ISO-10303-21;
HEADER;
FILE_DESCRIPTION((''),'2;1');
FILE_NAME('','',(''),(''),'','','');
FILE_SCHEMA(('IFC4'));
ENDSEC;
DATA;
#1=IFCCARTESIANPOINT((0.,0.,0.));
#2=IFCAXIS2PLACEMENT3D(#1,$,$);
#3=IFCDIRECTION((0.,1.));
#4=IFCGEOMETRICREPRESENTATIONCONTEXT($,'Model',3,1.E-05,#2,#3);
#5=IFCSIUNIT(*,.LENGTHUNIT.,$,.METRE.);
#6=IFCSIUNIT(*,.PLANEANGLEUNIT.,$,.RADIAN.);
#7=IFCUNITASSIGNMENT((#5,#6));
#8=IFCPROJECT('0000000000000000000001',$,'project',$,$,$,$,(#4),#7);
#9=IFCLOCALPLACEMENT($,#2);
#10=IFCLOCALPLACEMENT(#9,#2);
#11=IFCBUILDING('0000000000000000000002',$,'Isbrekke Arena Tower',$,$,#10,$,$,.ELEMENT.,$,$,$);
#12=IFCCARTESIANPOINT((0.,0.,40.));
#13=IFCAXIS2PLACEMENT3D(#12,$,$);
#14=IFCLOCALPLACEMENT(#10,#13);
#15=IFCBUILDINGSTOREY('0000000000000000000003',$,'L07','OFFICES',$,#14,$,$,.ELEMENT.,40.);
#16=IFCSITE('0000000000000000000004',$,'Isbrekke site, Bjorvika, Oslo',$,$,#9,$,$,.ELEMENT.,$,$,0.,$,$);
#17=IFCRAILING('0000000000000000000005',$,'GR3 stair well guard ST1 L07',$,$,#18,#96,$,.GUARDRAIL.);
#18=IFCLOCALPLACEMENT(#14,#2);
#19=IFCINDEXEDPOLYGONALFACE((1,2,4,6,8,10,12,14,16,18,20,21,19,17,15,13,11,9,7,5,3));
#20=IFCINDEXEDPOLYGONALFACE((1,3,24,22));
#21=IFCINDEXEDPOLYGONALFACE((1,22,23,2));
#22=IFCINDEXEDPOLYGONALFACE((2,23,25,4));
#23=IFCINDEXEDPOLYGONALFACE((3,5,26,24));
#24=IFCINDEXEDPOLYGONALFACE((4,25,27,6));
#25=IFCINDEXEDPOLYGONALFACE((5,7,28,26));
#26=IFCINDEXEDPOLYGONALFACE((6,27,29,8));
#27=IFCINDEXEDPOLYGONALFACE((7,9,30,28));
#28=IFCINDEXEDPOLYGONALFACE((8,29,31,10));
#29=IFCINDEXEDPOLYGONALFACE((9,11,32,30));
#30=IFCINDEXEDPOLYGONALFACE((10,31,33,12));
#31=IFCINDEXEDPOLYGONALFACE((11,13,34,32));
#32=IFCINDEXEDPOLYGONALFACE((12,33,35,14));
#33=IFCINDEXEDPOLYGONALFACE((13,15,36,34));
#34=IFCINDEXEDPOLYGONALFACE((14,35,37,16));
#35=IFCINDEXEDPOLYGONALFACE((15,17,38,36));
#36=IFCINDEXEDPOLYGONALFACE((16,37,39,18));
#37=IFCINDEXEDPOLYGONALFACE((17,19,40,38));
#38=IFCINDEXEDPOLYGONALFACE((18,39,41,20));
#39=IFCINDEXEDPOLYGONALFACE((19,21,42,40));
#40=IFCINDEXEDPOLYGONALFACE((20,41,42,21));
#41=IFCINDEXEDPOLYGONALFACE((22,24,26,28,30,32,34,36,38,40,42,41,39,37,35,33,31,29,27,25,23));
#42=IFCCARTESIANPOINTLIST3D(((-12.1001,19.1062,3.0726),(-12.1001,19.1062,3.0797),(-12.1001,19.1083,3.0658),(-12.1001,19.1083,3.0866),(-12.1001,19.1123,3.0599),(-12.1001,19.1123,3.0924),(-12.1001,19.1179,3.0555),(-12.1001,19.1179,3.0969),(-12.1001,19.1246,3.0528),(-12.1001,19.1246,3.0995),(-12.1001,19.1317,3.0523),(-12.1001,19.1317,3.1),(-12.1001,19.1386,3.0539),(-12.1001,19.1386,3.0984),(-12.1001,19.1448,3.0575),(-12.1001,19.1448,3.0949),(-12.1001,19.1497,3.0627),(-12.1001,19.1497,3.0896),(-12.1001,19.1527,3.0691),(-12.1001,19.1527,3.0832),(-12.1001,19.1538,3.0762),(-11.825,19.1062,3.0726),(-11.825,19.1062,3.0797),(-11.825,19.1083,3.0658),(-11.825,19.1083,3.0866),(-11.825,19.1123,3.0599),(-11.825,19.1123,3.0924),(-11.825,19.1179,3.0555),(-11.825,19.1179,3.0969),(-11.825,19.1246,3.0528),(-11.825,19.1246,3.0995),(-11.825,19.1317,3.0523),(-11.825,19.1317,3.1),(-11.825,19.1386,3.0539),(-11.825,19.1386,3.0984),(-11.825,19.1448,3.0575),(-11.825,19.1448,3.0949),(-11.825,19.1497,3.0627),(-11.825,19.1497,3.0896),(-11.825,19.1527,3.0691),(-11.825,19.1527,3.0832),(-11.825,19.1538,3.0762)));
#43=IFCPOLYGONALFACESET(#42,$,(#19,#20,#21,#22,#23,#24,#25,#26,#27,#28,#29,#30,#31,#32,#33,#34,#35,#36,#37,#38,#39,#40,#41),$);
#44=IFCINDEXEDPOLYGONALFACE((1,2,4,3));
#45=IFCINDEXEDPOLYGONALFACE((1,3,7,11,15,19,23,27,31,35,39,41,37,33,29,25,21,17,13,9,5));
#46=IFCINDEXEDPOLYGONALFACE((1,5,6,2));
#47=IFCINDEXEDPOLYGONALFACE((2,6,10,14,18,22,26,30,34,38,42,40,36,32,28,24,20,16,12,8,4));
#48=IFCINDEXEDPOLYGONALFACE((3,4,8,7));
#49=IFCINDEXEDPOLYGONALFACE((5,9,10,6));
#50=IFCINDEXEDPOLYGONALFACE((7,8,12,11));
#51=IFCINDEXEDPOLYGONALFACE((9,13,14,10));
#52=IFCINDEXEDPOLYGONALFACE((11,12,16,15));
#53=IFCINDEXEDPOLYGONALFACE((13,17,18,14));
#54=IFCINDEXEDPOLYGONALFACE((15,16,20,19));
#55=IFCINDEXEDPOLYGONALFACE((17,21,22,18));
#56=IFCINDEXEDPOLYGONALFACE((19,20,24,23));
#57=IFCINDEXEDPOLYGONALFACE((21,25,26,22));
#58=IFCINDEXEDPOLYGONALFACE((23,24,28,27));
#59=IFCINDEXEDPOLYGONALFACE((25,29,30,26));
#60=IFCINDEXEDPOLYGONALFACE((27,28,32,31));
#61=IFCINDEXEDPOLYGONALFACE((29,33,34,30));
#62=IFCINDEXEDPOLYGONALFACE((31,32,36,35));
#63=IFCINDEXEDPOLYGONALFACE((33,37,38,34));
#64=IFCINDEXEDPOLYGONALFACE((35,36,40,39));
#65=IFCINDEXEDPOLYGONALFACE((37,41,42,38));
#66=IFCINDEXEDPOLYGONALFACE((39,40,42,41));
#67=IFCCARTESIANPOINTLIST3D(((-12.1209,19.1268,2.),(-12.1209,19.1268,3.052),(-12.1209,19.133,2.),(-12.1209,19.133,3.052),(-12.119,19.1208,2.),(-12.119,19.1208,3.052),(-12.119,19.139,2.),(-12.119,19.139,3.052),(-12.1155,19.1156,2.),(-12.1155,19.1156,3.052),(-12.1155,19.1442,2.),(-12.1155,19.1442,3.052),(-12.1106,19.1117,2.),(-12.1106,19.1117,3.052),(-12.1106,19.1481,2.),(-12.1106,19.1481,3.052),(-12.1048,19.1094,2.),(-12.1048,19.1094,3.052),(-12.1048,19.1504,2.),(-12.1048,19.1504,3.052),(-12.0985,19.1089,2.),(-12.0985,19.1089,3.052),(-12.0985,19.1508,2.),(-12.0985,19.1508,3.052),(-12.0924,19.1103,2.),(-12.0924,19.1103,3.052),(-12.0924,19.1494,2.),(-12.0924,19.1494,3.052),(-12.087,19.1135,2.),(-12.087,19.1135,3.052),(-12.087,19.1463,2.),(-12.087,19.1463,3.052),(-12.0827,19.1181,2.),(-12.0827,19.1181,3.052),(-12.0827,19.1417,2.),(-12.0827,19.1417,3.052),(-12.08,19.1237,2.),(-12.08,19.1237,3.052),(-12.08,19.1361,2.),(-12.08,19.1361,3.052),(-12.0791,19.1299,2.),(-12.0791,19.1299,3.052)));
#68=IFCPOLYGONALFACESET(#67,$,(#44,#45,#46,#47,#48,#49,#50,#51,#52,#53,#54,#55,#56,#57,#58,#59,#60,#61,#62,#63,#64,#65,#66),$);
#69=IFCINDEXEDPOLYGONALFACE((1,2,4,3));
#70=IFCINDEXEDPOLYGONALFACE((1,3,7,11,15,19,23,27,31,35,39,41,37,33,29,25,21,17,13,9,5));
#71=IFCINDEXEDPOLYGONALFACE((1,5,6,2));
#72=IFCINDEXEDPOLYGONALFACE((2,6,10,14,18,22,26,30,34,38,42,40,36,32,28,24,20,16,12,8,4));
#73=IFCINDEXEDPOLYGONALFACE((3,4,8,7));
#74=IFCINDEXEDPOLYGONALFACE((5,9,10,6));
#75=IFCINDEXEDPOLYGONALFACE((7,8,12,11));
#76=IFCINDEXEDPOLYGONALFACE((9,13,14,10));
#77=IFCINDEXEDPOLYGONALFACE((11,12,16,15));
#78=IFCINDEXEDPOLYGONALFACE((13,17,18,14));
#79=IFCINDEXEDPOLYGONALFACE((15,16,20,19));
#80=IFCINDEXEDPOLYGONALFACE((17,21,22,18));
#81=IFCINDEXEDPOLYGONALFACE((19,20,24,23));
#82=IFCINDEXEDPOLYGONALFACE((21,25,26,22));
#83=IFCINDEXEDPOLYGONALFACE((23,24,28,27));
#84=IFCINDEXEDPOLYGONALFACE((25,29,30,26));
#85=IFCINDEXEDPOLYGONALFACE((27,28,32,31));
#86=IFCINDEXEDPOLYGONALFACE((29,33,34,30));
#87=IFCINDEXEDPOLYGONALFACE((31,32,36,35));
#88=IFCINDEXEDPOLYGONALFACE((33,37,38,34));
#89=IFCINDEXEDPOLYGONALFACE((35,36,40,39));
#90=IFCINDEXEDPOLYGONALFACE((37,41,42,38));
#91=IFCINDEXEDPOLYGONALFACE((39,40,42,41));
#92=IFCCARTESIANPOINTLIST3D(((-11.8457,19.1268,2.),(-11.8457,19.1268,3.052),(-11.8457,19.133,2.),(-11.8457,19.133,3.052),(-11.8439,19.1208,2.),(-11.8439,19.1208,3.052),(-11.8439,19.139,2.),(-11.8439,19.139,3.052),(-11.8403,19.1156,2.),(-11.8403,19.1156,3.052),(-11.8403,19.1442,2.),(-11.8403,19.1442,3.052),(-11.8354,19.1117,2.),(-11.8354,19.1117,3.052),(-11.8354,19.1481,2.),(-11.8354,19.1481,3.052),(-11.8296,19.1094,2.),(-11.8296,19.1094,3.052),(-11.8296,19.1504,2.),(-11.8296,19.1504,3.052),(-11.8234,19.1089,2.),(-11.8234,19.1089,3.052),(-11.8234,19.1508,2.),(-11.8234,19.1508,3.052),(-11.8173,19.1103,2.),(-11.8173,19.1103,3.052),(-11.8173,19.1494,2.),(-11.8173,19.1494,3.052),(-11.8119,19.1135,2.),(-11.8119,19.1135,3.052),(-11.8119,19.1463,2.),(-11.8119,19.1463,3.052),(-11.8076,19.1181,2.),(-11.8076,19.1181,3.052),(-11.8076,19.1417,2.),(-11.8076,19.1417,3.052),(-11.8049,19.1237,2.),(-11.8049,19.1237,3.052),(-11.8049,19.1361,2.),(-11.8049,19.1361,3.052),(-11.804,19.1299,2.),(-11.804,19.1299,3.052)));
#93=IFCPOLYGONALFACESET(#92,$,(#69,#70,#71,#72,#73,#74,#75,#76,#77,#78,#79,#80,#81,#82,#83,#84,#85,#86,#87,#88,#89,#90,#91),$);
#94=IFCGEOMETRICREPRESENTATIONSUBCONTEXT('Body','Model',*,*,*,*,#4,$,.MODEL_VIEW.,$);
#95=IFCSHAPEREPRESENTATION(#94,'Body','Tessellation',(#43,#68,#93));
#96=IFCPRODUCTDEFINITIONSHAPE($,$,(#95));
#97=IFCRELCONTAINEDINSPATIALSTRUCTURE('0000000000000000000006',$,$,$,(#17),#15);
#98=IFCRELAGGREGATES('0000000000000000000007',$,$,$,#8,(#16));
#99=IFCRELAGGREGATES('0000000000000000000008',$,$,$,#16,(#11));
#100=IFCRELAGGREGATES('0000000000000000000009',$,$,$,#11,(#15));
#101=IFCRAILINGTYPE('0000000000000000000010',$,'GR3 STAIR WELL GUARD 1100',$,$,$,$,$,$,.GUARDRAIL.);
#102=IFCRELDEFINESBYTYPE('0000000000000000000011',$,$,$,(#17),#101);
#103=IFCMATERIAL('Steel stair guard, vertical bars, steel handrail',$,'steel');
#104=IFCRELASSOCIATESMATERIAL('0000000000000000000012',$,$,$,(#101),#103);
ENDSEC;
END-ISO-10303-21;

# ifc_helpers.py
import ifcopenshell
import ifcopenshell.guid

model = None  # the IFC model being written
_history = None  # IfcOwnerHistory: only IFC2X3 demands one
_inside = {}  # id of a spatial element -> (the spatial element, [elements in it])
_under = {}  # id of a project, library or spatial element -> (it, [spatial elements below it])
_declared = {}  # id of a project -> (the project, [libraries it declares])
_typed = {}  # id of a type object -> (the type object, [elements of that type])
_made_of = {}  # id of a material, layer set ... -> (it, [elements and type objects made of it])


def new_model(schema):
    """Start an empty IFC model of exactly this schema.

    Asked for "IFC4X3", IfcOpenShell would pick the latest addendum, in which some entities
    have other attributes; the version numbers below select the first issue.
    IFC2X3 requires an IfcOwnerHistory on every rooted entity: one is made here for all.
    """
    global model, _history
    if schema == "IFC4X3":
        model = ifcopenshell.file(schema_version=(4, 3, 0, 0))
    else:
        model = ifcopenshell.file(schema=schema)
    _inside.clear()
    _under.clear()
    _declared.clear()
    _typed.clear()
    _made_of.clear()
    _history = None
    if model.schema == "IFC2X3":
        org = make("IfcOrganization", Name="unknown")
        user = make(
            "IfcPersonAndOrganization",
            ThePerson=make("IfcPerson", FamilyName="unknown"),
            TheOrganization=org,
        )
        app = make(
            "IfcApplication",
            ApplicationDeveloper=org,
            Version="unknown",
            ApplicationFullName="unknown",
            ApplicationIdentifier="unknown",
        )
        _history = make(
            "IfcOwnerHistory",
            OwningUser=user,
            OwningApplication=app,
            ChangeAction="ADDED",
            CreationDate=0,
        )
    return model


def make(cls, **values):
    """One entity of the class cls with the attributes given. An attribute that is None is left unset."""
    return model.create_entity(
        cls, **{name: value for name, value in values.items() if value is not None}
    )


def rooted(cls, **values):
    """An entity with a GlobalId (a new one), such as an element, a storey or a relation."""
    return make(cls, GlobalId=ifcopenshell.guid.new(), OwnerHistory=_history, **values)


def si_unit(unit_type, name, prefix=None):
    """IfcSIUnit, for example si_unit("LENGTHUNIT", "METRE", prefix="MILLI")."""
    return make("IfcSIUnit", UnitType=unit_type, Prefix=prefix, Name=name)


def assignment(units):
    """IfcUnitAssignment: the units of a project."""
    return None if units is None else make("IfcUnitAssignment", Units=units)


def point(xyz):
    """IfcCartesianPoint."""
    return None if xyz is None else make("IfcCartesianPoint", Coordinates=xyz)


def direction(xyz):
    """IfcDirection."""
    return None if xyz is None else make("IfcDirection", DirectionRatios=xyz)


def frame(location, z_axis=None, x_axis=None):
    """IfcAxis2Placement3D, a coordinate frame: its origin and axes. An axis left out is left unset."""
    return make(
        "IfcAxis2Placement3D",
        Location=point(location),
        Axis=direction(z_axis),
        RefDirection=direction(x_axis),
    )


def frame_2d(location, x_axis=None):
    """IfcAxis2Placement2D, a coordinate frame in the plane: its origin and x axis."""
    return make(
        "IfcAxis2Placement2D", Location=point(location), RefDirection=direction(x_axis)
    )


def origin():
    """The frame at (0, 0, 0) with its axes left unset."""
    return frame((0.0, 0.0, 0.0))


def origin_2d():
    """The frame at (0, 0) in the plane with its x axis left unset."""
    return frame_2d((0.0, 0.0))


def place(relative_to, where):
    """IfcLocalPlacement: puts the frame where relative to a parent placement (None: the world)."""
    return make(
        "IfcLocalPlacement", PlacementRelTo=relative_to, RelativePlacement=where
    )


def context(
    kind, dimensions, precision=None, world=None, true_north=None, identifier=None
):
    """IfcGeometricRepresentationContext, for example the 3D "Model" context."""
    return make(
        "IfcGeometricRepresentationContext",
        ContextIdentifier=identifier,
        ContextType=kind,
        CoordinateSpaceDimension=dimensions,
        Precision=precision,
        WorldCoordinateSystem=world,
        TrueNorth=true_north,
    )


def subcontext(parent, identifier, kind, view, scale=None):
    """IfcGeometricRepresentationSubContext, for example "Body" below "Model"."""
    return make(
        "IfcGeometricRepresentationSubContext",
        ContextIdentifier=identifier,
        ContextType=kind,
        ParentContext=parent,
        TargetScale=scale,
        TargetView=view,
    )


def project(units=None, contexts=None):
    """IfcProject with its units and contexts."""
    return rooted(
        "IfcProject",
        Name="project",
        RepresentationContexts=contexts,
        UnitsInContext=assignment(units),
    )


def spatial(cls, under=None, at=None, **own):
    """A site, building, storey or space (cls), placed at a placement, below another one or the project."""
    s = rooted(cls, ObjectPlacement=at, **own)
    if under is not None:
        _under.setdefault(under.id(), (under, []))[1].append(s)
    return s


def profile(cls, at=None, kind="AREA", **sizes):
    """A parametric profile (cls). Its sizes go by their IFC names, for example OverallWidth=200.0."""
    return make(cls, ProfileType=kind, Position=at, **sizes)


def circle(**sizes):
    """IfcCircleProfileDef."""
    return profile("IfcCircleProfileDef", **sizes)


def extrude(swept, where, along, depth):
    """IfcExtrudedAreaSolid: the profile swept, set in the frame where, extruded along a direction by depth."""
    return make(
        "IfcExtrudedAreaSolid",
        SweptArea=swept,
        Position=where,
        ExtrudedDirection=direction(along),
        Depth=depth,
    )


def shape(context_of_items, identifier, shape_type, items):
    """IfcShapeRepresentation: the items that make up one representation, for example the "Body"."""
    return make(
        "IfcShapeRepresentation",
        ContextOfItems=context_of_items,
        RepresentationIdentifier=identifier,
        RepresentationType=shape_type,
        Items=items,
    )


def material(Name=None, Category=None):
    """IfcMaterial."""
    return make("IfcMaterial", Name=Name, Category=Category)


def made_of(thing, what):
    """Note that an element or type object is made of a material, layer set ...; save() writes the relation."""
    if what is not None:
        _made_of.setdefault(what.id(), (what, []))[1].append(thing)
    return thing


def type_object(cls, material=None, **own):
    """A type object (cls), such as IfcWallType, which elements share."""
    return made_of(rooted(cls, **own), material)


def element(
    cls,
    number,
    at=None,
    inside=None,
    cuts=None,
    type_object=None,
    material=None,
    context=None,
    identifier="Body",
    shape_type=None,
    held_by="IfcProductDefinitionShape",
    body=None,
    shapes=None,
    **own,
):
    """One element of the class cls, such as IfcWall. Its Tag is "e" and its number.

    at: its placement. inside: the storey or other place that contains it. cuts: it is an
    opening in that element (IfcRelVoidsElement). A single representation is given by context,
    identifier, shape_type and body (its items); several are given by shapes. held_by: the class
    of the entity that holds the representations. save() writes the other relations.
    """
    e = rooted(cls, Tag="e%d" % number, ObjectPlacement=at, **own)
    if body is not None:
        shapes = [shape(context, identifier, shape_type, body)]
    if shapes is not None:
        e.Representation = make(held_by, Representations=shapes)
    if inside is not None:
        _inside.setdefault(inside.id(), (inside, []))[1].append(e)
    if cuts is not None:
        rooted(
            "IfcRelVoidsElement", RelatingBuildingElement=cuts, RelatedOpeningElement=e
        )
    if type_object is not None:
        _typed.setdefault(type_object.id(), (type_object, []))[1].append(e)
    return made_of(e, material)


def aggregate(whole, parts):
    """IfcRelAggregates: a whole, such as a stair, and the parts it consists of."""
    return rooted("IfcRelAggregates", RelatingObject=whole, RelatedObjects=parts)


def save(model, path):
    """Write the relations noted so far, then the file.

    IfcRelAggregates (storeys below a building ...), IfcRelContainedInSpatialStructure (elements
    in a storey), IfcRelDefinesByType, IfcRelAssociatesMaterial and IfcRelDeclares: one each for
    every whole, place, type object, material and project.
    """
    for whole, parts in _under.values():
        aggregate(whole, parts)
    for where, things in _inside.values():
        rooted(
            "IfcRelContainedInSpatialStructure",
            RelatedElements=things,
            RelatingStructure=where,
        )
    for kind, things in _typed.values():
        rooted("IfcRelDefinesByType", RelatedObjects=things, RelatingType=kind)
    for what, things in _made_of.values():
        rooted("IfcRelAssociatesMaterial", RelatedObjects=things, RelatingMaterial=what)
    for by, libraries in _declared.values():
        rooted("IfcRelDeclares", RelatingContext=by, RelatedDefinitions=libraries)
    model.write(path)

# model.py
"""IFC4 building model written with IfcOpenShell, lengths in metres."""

from ifc_helpers import new_model, si_unit, direction, frame, origin, origin_2d, place, context, subcontext, project, spatial, circle, extrude, material, type_object, element, save


model = new_model("IFC4")

# Units and contexts
model_context = context("Model", 3, precision=1e-05, world=origin(), true_north=direction((0.0, 1.0)))
body_context = subcontext(model_context, "Body", "Model", "MODEL_VIEW")
ifc_project = project(units=[si_unit("LENGTHUNIT", "METRE"), si_unit("PLANEANGLEUNIT", "RADIAN")], contexts=[model_context])

# Site, building, storey
site_placement = place(None, origin())
site = spatial("IfcSite", under=ifc_project, at=site_placement, Name="Isbrekke site, Bjorvika, Oslo", CompositionType="ELEMENT", RefElevation=0.0)
building_placement = place(site_placement, origin())
building = spatial("IfcBuilding", under=site, at=building_placement, Name="Isbrekke Arena Tower", CompositionType="ELEMENT")
storey_placement = place(building_placement, frame((0.0, 0.0, 40.0)))
storey = spatial("IfcBuildingStorey", under=building, at=storey_placement, Name="L07", Description="OFFICES", CompositionType="ELEMENT", Elevation=40.0)

# Railing
ifc_material_1 = material(Name="Steel stair guard, vertical bars, steel handrail", Category="steel")
railing_type = type_object("IfcRailingType", Name="GR3 STAIR WELL GUARD 1100", PredefinedType="GUARDRAIL", material=ifc_material_1)
for number, where, name in (
    (1, (-12.1001, 19.1299, 2.0), "GR3 stair well guard ST1 L07"),
):
    element("IfcRailing", number, at=place(storey_placement, frame(where)), inside=storey, type_object=railing_type, Name=name, PredefinedType="GUARDRAIL", context=body_context, shape_type="SweptSolid", body=[
        extrude(circle(Radius=0.0239, at=origin_2d()), frame((0.0, 0.0, 1.0762), z_axis=(1.0, 0.0, 0.0), x_axis=(0.0, 1.0, 0.0)), (0.0, 0.0, 1.0), 0.2751),
        extrude(circle(Radius=0.021, at=origin_2d()), origin(), (0.0, 0.0, 1.0), 1.052),
        extrude(circle(Radius=0.021, at=origin_2d()), frame((0.2751, 0.0, 0.0)), (0.0, 0.0, 1.0), 1.052),
    ])

save(model, "model.ifc")
